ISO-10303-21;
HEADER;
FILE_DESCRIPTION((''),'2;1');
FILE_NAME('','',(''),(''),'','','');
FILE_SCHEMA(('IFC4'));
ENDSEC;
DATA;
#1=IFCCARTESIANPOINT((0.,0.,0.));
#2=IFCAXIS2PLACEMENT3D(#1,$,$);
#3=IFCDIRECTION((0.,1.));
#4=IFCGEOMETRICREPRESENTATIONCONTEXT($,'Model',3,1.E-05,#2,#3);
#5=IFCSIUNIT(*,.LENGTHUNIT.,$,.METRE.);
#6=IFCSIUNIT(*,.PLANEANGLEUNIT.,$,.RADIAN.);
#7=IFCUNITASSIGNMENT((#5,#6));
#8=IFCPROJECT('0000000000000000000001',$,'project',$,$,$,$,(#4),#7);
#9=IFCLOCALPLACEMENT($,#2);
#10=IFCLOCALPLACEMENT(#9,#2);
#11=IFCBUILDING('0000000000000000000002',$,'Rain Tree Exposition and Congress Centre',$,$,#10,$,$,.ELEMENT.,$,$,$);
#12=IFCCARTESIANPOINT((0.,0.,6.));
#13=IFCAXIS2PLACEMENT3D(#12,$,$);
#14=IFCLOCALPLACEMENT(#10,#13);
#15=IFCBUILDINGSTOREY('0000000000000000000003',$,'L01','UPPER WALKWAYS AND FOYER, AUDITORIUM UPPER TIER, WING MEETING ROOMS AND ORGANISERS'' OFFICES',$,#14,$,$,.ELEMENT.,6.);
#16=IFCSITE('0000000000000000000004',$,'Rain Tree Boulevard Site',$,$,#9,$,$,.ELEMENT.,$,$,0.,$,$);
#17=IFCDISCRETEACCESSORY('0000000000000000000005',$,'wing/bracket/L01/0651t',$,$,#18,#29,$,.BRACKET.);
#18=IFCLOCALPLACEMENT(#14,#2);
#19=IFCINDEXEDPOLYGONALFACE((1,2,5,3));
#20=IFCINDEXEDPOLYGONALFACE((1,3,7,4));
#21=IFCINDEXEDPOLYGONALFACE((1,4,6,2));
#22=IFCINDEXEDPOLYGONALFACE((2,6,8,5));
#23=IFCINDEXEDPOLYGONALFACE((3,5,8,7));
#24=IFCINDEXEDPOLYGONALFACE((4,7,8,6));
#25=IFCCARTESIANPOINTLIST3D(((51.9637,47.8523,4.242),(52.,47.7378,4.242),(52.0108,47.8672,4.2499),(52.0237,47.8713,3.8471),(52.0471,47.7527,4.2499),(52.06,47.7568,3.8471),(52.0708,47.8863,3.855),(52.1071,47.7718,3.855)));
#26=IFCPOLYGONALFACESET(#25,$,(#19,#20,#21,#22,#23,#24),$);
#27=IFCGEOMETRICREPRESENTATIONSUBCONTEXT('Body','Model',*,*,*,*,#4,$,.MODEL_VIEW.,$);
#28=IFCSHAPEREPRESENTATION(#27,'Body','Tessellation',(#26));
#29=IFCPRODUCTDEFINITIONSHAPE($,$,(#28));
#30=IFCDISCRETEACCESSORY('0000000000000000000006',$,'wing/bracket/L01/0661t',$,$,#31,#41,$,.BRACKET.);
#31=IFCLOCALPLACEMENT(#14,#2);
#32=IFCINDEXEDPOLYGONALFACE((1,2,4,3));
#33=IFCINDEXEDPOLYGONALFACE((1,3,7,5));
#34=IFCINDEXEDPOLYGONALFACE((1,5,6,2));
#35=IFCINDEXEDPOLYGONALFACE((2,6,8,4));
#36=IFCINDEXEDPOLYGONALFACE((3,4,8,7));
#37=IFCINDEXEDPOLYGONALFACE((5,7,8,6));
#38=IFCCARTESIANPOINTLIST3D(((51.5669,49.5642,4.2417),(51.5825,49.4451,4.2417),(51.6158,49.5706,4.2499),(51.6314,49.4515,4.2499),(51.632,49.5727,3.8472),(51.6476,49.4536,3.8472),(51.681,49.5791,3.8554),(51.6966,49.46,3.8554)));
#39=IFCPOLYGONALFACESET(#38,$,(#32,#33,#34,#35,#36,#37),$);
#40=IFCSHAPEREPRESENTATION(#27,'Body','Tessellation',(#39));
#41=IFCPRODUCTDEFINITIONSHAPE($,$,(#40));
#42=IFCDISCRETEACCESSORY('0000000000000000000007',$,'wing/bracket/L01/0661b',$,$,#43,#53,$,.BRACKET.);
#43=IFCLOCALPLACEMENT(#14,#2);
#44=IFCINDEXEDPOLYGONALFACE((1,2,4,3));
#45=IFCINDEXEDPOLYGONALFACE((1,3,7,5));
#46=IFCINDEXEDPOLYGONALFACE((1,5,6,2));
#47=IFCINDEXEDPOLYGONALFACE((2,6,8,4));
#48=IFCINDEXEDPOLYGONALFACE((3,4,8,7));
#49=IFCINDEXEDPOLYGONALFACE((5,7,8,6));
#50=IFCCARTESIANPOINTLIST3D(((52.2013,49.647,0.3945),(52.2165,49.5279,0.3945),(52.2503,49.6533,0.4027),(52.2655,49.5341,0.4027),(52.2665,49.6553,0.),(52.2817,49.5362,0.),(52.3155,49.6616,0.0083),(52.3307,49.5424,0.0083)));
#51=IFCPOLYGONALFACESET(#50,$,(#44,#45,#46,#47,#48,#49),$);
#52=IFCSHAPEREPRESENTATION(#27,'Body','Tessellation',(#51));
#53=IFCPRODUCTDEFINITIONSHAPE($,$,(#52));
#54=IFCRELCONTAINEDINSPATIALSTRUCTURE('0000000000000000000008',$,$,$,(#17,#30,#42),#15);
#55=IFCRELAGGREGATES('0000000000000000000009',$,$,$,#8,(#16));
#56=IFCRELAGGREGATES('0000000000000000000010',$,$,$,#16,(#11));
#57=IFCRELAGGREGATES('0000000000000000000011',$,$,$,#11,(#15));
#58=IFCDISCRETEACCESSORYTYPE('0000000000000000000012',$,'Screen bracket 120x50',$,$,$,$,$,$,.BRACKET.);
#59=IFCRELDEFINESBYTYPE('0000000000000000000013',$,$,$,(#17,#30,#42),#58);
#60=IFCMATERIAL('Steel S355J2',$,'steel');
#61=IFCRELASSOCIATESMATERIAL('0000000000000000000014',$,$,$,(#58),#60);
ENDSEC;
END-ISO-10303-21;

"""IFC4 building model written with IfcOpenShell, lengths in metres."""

from ifc_helpers import new_model, si_unit, direction, frame, origin, origin_2d, place, context, subcontext, project, spatial, rectangle, extrude, material, material_profile, profile_set, type_object, element, save


model = new_model("IFC4")

# Units and contexts
model_context = context("Model", 3, precision=1e-05, world=origin(), true_north=direction((0.0, 1.0)))
body_context = subcontext(model_context, "Body", "Model", "MODEL_VIEW")
ifc_project = project(units=[si_unit("LENGTHUNIT", "METRE"), si_unit("PLANEANGLEUNIT", "RADIAN")], contexts=[model_context])

# Site, building, storey
site_placement = place(None, origin())
site = spatial("IfcSite", under=ifc_project, at=site_placement, Name="Rain Tree Boulevard Site", CompositionType="ELEMENT", RefElevation=0.0)
building_placement = place(site_placement, origin())
building = spatial("IfcBuilding", under=site, at=building_placement, Name="Rain Tree Exposition and Congress Centre", CompositionType="ELEMENT")
storey_placement = place(building_placement, frame((0.0, 0.0, 6.0)))
storey = spatial("IfcBuildingStorey", under=building, at=storey_placement, Name="L01", Description="UPPER WALKWAYS AND FOYER, AUDITORIUM UPPER TIER, WING MEETING ROOMS AND ORGANISERS' OFFICES", CompositionType="ELEMENT", Elevation=6.0)

# Discrete accessories
ifc_material_1 = material(Name="Steel S355J2", Category="steel")
ifc_material_profile_1 = material_profile(ifc_material_1, rectangle(XDim=0.1201, YDim=0.05, at=origin_2d()), Name="Flat bar 120x50")
ifc_profile_set_1 = profile_set([ifc_material_profile_1], Name="Steel S355J2")
discrete_accessory_type = type_object("IfcDiscreteAccessoryType", Name="Screen bracket 120x50", PredefinedType="BRACKET", material=ifc_profile_set_1)
for number, where, z_axis, x_axis, name in (
    (1, (52.0654, 47.8215, 3.8511), (-0.150142, -0.047606, 0.987518), (0.302244, -0.953231, 0.0), "wing/bracket/L01/0651t"),
    (2, (51.6643, 49.5164, 3.8513), (-0.162976, -0.021364, 0.986399), (0.129974, -0.991517, 0.0), "wing/bracket/L01/0661t"),
    (3, (52.2986, 49.5989, 0.0042), (-0.162978, -0.020754, 0.986411), (0.126321, -0.991989, 0.0), "wing/bracket/L01/0661b"),
):
    element("IfcDiscreteAccessory", number, at=place(storey_placement, frame(where, z_axis=z_axis, x_axis=x_axis)), inside=storey, type_object=discrete_accessory_type, Name=name, PredefinedType="BRACKET", context=body_context, shape_type="SweptSolid", body=[
        extrude(rectangle(XDim=0.1201, YDim=0.05, at=origin_2d()), origin(), (0.0, 0.0, 1.0), 0.3999),
    ])

save(model, "model.ifc")
